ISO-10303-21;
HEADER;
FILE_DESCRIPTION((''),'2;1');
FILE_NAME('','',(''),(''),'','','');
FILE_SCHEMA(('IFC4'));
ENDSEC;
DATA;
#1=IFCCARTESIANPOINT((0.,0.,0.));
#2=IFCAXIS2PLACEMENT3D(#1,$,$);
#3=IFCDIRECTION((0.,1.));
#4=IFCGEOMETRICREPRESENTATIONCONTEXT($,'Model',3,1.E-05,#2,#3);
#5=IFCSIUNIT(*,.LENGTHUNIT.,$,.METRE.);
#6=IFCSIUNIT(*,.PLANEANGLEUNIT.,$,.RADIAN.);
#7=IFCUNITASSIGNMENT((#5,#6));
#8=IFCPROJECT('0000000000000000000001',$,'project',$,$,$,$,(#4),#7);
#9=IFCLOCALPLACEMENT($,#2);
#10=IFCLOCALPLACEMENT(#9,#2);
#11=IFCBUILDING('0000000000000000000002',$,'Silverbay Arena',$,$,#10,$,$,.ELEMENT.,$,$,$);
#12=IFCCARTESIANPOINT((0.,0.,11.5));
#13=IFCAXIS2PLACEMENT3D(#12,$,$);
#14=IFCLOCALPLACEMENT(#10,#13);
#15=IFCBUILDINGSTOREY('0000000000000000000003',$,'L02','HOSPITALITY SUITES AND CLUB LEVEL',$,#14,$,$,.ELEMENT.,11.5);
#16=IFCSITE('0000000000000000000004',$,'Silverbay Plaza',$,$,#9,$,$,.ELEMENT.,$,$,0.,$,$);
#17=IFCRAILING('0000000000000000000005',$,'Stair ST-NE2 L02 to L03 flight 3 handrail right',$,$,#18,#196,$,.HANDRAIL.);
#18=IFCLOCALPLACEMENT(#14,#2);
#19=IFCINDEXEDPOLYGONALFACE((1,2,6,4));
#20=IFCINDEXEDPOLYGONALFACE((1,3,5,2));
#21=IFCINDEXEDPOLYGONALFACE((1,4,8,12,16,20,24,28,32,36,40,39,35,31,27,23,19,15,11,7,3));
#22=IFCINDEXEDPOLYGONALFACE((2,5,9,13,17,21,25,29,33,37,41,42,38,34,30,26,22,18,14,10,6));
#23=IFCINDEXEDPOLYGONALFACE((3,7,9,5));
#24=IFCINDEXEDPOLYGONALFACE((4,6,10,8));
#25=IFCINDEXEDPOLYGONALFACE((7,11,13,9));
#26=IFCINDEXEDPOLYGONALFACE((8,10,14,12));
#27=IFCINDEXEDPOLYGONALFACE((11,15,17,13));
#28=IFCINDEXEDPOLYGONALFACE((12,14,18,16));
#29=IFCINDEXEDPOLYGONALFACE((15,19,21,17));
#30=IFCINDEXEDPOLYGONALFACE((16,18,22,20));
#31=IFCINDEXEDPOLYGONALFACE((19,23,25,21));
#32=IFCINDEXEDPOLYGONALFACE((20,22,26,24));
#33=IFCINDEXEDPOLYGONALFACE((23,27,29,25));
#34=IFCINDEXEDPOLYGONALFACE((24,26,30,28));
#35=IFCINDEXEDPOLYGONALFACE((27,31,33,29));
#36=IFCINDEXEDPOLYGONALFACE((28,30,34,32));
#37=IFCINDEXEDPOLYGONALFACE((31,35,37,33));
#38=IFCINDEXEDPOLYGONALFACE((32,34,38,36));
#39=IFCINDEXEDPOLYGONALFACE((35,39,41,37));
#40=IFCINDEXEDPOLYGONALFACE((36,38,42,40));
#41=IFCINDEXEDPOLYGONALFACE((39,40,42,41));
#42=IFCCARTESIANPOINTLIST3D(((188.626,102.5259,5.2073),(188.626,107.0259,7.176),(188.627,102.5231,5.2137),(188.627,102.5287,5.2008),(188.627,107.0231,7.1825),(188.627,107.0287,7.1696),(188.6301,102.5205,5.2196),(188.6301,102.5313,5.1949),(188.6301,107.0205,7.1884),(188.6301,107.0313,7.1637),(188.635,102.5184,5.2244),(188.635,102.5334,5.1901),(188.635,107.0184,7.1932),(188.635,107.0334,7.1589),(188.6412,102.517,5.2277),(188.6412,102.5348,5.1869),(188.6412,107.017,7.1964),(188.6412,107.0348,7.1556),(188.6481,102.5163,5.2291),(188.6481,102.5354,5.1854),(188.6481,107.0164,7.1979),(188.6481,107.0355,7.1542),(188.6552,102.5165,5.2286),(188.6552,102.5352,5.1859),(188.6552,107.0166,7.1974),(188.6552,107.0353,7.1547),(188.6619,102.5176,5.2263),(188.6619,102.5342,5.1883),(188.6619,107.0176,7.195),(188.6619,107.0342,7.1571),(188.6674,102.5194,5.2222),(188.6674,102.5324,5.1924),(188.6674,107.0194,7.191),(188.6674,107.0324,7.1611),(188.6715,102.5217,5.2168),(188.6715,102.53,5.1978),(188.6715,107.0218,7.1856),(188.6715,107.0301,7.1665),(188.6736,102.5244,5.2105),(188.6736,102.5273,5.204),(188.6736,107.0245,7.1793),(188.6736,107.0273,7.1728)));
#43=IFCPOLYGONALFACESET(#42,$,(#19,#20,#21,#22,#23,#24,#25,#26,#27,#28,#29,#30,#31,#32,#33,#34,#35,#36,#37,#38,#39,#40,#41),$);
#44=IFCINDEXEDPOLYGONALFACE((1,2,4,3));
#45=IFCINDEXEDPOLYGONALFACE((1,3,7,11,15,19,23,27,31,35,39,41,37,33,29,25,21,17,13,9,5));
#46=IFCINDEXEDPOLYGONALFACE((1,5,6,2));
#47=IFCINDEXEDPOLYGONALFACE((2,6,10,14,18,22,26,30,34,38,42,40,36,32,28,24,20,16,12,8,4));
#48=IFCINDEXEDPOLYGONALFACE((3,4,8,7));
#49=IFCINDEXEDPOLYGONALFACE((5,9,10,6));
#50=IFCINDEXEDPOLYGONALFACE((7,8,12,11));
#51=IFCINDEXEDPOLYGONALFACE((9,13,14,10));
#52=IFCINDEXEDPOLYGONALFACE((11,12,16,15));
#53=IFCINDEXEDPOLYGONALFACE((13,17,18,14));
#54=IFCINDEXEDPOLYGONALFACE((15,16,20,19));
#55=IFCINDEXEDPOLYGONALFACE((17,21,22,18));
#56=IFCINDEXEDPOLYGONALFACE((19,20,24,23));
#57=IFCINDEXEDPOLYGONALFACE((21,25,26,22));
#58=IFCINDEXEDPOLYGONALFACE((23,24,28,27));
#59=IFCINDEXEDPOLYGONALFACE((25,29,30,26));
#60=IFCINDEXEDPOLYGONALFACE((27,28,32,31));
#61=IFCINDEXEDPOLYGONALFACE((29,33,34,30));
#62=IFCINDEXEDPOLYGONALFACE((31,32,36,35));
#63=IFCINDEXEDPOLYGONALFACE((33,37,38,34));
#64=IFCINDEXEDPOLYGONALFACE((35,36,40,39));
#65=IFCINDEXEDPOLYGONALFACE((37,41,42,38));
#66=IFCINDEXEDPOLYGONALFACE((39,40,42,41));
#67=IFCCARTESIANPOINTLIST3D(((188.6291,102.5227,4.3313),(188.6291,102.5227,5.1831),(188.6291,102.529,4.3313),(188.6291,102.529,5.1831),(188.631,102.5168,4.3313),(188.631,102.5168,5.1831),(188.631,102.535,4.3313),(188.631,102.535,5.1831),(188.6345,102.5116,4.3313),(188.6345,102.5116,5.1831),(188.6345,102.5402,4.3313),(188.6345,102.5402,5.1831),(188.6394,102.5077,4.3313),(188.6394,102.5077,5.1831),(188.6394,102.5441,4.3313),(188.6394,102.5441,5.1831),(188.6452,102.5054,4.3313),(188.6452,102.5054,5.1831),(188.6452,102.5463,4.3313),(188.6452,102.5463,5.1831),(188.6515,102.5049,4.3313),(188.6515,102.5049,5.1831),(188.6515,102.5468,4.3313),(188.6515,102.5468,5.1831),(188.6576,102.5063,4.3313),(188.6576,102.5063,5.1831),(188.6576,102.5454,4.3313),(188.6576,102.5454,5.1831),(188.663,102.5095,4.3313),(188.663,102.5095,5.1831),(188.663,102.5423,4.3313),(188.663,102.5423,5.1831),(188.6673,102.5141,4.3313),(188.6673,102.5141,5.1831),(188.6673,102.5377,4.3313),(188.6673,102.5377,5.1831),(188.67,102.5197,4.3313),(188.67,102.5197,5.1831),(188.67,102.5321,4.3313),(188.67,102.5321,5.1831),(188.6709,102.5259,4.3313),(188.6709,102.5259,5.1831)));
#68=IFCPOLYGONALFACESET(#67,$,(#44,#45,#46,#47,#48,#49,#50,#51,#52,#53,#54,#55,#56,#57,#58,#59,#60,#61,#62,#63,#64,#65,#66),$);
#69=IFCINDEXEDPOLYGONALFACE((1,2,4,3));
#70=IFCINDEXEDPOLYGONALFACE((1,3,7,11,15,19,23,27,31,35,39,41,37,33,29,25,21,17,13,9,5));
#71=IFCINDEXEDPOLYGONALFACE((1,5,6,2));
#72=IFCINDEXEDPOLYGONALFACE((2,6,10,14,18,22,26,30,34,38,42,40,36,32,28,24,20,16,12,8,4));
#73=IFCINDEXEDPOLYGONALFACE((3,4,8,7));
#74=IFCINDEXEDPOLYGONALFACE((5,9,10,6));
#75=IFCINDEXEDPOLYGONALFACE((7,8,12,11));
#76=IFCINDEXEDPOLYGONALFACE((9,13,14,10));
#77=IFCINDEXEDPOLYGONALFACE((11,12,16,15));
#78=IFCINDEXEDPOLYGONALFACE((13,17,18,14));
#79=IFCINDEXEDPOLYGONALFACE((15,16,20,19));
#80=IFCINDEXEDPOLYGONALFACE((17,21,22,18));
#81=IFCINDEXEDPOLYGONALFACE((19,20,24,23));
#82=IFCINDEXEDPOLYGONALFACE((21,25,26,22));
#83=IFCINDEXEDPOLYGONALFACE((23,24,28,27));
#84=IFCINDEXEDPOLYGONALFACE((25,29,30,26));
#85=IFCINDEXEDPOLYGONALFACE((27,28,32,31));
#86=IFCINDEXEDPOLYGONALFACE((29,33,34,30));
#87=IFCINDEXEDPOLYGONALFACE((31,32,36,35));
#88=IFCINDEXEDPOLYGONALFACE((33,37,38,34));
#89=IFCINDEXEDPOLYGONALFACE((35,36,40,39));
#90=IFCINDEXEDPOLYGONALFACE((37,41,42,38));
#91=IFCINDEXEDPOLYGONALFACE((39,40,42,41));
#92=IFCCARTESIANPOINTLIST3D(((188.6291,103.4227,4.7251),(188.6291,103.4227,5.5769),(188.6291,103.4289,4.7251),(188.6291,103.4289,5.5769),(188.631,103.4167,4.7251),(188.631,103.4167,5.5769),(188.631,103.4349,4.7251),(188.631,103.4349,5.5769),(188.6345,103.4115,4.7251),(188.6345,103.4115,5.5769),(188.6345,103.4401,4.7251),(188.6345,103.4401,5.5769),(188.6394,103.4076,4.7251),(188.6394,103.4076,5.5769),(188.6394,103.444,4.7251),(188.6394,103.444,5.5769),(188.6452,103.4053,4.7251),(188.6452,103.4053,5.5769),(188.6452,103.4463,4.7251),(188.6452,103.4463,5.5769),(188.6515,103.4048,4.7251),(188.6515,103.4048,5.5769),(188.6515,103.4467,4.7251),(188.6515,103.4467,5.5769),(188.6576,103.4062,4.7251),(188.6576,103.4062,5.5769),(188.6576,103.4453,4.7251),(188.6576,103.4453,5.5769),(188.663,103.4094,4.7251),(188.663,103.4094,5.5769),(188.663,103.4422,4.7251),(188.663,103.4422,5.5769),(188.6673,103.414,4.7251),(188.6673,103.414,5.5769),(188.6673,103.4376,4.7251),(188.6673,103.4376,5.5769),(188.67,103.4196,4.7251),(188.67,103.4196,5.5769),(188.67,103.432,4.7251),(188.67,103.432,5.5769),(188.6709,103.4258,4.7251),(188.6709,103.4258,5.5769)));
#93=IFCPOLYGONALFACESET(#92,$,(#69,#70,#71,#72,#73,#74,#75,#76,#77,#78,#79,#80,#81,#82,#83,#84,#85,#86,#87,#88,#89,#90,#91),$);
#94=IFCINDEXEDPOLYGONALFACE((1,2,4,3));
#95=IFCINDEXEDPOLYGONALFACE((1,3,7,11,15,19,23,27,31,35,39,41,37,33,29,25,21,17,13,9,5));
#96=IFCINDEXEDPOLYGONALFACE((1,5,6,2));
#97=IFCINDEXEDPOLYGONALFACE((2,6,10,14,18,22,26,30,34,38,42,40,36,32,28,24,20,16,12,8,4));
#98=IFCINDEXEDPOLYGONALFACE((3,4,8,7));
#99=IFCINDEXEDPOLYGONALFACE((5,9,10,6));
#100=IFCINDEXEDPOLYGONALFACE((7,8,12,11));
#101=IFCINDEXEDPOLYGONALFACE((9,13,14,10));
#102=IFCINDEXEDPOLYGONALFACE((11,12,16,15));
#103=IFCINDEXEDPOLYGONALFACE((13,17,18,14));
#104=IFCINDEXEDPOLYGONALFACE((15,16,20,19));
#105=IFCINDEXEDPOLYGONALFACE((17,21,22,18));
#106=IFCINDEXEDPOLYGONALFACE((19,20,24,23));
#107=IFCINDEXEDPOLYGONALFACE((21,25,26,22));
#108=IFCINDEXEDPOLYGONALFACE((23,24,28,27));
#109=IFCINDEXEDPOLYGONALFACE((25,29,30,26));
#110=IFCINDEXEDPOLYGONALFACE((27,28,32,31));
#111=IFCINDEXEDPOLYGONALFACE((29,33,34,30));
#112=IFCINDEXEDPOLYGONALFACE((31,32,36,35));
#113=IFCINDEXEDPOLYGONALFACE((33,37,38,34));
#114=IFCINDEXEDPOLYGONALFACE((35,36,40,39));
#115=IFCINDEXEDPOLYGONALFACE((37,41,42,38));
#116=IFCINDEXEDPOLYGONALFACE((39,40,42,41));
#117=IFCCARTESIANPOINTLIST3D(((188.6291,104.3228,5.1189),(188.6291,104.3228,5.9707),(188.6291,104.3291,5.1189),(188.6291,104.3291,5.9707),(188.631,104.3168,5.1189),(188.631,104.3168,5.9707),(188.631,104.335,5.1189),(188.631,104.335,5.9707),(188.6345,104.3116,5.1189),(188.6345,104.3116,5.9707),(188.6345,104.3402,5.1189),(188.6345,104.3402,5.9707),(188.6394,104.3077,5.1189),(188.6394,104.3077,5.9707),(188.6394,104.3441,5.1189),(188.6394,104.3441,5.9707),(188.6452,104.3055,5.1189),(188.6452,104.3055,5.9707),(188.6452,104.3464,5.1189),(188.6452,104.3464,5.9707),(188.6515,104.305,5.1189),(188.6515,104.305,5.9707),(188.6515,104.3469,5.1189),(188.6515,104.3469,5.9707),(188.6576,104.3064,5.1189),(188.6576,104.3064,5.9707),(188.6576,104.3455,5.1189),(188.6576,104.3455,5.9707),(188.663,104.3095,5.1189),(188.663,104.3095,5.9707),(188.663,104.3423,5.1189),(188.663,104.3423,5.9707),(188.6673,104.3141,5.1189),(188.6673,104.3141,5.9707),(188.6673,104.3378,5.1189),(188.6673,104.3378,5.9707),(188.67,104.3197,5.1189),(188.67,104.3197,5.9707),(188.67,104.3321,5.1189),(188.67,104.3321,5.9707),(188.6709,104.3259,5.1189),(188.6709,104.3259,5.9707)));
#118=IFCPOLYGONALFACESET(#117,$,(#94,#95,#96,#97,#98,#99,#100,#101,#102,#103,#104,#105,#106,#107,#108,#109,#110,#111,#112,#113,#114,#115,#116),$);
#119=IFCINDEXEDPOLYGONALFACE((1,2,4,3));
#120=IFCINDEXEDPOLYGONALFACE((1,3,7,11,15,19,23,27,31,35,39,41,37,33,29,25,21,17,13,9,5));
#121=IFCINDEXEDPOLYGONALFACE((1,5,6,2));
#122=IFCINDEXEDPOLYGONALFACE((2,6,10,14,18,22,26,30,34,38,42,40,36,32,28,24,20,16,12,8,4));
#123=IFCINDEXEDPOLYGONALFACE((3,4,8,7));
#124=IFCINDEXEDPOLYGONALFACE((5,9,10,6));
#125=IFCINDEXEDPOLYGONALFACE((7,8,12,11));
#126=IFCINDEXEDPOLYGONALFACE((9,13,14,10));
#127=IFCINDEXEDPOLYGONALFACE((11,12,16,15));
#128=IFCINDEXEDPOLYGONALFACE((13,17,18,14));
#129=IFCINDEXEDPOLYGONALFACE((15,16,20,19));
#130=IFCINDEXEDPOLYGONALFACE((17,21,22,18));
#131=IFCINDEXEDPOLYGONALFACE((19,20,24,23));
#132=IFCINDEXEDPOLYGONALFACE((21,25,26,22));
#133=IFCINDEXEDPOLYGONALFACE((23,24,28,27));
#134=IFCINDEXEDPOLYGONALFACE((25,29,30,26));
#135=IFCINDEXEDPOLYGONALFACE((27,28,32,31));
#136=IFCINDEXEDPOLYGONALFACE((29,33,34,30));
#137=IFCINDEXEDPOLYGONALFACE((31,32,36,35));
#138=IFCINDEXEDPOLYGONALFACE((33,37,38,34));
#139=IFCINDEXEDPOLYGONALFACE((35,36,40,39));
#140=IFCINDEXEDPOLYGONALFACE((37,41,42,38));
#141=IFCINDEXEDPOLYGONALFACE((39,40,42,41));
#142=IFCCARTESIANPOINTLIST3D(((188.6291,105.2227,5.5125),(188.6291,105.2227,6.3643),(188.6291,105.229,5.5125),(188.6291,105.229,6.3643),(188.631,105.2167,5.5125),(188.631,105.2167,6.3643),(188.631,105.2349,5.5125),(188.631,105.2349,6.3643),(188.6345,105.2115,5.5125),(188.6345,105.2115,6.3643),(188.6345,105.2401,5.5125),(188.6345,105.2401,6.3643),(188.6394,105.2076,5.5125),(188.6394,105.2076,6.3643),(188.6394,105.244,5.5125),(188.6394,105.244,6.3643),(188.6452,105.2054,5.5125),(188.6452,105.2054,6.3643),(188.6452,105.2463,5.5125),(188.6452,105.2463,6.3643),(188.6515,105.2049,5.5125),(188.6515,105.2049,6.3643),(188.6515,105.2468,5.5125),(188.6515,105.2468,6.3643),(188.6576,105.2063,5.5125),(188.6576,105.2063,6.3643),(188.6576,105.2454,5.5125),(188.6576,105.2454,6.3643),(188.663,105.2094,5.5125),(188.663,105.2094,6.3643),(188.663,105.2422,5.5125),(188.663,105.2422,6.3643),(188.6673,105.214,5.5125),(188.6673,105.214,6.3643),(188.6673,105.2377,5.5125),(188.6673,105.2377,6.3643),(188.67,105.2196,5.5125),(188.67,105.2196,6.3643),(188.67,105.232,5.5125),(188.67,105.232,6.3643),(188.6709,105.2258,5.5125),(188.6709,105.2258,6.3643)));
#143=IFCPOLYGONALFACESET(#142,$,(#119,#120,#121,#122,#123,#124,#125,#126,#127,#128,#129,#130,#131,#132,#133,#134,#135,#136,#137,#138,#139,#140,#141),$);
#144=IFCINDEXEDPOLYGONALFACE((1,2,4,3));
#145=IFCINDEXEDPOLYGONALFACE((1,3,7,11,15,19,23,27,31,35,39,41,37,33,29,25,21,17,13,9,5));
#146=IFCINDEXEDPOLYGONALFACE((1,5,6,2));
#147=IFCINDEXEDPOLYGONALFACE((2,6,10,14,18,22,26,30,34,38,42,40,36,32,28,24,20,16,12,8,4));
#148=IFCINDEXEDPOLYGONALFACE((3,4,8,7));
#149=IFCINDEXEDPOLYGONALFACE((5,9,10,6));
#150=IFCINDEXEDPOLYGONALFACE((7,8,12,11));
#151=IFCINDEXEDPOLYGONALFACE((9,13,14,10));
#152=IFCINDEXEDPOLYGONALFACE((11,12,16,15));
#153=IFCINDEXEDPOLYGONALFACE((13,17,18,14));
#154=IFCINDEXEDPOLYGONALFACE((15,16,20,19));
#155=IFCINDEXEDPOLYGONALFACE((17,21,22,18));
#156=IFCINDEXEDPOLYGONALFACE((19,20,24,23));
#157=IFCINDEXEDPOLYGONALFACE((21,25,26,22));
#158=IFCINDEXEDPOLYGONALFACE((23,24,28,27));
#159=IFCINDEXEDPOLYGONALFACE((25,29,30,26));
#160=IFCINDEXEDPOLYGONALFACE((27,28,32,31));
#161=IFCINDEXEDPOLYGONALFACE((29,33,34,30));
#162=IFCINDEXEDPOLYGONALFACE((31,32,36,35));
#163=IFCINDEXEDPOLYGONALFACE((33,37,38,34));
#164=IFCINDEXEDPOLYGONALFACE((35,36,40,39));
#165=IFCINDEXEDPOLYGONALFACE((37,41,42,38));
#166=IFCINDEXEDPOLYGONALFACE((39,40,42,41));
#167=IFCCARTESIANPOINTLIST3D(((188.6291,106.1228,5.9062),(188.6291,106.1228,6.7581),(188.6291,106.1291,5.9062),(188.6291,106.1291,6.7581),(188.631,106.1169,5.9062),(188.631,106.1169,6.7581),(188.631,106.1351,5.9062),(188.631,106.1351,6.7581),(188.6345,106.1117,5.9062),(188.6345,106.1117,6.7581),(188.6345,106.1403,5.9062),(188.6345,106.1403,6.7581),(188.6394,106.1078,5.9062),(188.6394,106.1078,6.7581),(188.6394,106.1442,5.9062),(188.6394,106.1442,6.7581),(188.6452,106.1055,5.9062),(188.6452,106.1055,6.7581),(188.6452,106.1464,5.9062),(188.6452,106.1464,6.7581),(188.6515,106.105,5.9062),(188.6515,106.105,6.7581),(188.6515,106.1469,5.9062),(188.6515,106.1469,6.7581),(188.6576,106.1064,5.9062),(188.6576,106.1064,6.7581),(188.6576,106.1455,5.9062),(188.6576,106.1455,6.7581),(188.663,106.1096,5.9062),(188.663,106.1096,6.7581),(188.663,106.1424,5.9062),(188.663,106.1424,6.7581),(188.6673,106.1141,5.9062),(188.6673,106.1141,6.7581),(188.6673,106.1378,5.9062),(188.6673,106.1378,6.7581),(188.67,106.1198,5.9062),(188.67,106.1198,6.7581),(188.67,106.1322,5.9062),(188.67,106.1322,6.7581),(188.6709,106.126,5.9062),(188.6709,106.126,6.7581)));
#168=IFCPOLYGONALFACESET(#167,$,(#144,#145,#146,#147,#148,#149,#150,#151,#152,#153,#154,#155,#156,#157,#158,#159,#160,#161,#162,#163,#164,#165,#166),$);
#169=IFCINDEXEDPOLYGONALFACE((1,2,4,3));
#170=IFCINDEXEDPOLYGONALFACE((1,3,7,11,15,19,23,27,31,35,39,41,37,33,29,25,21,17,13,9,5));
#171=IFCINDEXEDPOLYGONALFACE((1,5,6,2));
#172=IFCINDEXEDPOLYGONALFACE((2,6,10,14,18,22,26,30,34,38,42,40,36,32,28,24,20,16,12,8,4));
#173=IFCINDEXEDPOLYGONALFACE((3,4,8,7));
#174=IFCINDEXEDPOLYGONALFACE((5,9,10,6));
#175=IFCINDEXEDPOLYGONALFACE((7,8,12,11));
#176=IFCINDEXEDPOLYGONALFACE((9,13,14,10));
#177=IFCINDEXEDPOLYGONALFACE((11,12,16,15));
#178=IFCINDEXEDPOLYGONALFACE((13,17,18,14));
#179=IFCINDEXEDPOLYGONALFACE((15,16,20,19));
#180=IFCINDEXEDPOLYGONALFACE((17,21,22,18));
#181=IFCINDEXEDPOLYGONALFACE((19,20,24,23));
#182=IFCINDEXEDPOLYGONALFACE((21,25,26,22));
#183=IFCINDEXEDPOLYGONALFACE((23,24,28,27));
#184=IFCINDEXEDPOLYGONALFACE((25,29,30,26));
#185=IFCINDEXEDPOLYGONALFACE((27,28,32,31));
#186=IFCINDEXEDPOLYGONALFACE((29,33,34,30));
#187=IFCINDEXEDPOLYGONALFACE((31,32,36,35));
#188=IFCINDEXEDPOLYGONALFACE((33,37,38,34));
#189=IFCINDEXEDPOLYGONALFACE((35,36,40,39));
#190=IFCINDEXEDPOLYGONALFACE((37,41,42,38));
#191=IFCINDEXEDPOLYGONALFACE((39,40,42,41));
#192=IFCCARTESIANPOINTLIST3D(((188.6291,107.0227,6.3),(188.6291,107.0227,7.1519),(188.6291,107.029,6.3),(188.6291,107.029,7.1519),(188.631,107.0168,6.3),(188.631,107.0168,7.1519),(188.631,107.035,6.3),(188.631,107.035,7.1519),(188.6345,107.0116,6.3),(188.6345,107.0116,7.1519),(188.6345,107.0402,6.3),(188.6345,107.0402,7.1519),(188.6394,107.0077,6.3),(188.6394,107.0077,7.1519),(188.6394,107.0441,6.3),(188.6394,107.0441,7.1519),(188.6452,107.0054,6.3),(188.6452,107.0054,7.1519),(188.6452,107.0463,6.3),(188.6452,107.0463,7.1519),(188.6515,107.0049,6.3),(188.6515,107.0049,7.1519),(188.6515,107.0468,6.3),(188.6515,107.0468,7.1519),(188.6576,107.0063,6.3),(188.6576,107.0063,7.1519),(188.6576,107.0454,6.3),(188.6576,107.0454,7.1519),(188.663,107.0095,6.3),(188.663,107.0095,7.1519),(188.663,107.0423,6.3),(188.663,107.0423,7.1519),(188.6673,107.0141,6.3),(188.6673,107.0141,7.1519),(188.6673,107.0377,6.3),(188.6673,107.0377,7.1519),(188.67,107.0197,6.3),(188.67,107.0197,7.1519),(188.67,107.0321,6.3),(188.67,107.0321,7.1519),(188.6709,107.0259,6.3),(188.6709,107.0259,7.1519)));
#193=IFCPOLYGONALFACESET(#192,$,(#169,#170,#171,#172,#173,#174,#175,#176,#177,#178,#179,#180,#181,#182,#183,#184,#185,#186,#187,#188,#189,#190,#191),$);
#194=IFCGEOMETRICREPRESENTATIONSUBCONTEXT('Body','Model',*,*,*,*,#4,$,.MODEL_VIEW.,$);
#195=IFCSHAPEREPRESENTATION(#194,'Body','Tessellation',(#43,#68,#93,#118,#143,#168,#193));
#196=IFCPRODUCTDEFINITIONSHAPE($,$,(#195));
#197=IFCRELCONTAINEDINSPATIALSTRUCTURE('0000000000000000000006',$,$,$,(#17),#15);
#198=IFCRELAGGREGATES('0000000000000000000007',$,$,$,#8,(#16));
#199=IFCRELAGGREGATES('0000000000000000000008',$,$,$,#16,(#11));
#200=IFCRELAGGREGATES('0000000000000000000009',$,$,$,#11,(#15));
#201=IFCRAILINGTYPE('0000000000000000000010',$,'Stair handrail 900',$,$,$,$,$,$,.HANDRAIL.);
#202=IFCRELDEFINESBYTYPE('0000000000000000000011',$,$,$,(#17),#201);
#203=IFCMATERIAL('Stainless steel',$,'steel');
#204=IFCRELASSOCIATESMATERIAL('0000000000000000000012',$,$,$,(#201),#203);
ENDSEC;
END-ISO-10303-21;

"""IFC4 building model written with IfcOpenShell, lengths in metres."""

from ifc_helpers import new_model, si_unit, direction, frame, origin, origin_2d, place, context, subcontext, project, spatial, circle, extrude, material, type_object, element, save


model = new_model("IFC4")

# Units and contexts
model_context = context("Model", 3, precision=1e-05, world=origin(), true_north=direction((0.0, 1.0)))
body_context = subcontext(model_context, "Body", "Model", "MODEL_VIEW")
ifc_project = project(units=[si_unit("LENGTHUNIT", "METRE"), si_unit("PLANEANGLEUNIT", "RADIAN")], contexts=[model_context])

# Site, building, storey
site_placement = place(None, origin())
site = spatial("IfcSite", under=ifc_project, at=site_placement, Name="Silverbay Plaza", CompositionType="ELEMENT", RefElevation=0.0)
building_placement = place(site_placement, origin())
building = spatial("IfcBuilding", under=site, at=building_placement, Name="Silverbay Arena", CompositionType="ELEMENT")
storey_placement = place(building_placement, frame((0.0, 0.0, 11.5)))
storey = spatial("IfcBuildingStorey", under=building, at=storey_placement, Name="L02", Description="HOSPITALITY SUITES AND CLUB LEVEL", CompositionType="ELEMENT", Elevation=11.5)

# Railing
ifc_material_1 = material(Name="Stainless steel", Category="steel")
railing_type_1 = type_object("IfcRailingType", Name="Stair handrail 900", PredefinedType="HANDRAIL", material=ifc_material_1)
for number, where, name in (
    (1, (188.6499, 102.5259, 4.3313), "Stair ST-NE2 L02 to L03 flight 3 handrail right"),
):
    element("IfcRailing", number, at=place(storey_placement, frame(where)), inside=storey, type_object=railing_type_1, Name=name, PredefinedType="HANDRAIL", context=body_context, shape_type="SweptSolid", body=[
        extrude(circle(Radius=0.0239, at=origin_2d()), frame((0.0, 0.0, 0.876), z_axis=(0.0, 0.916157, 0.400819), x_axis=(-1.0, 0.0, 0.0)), (0.0, 0.0, 1.0), 4.9119),
        extrude(circle(Radius=0.021, at=origin_2d()), origin(), (0.0, 0.0, 1.0), 0.8518),
        extrude(circle(Radius=0.021, at=origin_2d()), frame((0.0, 0.8999, 0.3938)), (0.0, 0.0, 1.0), 0.8518),
        extrude(circle(Radius=0.021, at=origin_2d()), frame((0.0, 1.8, 0.7876)), (0.0, 0.0, 1.0), 0.8518),
        extrude(circle(Radius=0.021, at=origin_2d()), frame((0.0, 2.7, 1.1812)), (0.0, 0.0, 1.0), 0.8518),
        extrude(circle(Radius=0.021, at=origin_2d()), frame((0.0, 3.6001, 1.575)), (0.0, 0.0, 1.0), 0.8518),
        extrude(circle(Radius=0.021, at=origin_2d()), frame((0.0, 4.5, 1.9688)), (0.0, 0.0, 1.0), 0.8518),
    ])

save(model, "model.ifc")
